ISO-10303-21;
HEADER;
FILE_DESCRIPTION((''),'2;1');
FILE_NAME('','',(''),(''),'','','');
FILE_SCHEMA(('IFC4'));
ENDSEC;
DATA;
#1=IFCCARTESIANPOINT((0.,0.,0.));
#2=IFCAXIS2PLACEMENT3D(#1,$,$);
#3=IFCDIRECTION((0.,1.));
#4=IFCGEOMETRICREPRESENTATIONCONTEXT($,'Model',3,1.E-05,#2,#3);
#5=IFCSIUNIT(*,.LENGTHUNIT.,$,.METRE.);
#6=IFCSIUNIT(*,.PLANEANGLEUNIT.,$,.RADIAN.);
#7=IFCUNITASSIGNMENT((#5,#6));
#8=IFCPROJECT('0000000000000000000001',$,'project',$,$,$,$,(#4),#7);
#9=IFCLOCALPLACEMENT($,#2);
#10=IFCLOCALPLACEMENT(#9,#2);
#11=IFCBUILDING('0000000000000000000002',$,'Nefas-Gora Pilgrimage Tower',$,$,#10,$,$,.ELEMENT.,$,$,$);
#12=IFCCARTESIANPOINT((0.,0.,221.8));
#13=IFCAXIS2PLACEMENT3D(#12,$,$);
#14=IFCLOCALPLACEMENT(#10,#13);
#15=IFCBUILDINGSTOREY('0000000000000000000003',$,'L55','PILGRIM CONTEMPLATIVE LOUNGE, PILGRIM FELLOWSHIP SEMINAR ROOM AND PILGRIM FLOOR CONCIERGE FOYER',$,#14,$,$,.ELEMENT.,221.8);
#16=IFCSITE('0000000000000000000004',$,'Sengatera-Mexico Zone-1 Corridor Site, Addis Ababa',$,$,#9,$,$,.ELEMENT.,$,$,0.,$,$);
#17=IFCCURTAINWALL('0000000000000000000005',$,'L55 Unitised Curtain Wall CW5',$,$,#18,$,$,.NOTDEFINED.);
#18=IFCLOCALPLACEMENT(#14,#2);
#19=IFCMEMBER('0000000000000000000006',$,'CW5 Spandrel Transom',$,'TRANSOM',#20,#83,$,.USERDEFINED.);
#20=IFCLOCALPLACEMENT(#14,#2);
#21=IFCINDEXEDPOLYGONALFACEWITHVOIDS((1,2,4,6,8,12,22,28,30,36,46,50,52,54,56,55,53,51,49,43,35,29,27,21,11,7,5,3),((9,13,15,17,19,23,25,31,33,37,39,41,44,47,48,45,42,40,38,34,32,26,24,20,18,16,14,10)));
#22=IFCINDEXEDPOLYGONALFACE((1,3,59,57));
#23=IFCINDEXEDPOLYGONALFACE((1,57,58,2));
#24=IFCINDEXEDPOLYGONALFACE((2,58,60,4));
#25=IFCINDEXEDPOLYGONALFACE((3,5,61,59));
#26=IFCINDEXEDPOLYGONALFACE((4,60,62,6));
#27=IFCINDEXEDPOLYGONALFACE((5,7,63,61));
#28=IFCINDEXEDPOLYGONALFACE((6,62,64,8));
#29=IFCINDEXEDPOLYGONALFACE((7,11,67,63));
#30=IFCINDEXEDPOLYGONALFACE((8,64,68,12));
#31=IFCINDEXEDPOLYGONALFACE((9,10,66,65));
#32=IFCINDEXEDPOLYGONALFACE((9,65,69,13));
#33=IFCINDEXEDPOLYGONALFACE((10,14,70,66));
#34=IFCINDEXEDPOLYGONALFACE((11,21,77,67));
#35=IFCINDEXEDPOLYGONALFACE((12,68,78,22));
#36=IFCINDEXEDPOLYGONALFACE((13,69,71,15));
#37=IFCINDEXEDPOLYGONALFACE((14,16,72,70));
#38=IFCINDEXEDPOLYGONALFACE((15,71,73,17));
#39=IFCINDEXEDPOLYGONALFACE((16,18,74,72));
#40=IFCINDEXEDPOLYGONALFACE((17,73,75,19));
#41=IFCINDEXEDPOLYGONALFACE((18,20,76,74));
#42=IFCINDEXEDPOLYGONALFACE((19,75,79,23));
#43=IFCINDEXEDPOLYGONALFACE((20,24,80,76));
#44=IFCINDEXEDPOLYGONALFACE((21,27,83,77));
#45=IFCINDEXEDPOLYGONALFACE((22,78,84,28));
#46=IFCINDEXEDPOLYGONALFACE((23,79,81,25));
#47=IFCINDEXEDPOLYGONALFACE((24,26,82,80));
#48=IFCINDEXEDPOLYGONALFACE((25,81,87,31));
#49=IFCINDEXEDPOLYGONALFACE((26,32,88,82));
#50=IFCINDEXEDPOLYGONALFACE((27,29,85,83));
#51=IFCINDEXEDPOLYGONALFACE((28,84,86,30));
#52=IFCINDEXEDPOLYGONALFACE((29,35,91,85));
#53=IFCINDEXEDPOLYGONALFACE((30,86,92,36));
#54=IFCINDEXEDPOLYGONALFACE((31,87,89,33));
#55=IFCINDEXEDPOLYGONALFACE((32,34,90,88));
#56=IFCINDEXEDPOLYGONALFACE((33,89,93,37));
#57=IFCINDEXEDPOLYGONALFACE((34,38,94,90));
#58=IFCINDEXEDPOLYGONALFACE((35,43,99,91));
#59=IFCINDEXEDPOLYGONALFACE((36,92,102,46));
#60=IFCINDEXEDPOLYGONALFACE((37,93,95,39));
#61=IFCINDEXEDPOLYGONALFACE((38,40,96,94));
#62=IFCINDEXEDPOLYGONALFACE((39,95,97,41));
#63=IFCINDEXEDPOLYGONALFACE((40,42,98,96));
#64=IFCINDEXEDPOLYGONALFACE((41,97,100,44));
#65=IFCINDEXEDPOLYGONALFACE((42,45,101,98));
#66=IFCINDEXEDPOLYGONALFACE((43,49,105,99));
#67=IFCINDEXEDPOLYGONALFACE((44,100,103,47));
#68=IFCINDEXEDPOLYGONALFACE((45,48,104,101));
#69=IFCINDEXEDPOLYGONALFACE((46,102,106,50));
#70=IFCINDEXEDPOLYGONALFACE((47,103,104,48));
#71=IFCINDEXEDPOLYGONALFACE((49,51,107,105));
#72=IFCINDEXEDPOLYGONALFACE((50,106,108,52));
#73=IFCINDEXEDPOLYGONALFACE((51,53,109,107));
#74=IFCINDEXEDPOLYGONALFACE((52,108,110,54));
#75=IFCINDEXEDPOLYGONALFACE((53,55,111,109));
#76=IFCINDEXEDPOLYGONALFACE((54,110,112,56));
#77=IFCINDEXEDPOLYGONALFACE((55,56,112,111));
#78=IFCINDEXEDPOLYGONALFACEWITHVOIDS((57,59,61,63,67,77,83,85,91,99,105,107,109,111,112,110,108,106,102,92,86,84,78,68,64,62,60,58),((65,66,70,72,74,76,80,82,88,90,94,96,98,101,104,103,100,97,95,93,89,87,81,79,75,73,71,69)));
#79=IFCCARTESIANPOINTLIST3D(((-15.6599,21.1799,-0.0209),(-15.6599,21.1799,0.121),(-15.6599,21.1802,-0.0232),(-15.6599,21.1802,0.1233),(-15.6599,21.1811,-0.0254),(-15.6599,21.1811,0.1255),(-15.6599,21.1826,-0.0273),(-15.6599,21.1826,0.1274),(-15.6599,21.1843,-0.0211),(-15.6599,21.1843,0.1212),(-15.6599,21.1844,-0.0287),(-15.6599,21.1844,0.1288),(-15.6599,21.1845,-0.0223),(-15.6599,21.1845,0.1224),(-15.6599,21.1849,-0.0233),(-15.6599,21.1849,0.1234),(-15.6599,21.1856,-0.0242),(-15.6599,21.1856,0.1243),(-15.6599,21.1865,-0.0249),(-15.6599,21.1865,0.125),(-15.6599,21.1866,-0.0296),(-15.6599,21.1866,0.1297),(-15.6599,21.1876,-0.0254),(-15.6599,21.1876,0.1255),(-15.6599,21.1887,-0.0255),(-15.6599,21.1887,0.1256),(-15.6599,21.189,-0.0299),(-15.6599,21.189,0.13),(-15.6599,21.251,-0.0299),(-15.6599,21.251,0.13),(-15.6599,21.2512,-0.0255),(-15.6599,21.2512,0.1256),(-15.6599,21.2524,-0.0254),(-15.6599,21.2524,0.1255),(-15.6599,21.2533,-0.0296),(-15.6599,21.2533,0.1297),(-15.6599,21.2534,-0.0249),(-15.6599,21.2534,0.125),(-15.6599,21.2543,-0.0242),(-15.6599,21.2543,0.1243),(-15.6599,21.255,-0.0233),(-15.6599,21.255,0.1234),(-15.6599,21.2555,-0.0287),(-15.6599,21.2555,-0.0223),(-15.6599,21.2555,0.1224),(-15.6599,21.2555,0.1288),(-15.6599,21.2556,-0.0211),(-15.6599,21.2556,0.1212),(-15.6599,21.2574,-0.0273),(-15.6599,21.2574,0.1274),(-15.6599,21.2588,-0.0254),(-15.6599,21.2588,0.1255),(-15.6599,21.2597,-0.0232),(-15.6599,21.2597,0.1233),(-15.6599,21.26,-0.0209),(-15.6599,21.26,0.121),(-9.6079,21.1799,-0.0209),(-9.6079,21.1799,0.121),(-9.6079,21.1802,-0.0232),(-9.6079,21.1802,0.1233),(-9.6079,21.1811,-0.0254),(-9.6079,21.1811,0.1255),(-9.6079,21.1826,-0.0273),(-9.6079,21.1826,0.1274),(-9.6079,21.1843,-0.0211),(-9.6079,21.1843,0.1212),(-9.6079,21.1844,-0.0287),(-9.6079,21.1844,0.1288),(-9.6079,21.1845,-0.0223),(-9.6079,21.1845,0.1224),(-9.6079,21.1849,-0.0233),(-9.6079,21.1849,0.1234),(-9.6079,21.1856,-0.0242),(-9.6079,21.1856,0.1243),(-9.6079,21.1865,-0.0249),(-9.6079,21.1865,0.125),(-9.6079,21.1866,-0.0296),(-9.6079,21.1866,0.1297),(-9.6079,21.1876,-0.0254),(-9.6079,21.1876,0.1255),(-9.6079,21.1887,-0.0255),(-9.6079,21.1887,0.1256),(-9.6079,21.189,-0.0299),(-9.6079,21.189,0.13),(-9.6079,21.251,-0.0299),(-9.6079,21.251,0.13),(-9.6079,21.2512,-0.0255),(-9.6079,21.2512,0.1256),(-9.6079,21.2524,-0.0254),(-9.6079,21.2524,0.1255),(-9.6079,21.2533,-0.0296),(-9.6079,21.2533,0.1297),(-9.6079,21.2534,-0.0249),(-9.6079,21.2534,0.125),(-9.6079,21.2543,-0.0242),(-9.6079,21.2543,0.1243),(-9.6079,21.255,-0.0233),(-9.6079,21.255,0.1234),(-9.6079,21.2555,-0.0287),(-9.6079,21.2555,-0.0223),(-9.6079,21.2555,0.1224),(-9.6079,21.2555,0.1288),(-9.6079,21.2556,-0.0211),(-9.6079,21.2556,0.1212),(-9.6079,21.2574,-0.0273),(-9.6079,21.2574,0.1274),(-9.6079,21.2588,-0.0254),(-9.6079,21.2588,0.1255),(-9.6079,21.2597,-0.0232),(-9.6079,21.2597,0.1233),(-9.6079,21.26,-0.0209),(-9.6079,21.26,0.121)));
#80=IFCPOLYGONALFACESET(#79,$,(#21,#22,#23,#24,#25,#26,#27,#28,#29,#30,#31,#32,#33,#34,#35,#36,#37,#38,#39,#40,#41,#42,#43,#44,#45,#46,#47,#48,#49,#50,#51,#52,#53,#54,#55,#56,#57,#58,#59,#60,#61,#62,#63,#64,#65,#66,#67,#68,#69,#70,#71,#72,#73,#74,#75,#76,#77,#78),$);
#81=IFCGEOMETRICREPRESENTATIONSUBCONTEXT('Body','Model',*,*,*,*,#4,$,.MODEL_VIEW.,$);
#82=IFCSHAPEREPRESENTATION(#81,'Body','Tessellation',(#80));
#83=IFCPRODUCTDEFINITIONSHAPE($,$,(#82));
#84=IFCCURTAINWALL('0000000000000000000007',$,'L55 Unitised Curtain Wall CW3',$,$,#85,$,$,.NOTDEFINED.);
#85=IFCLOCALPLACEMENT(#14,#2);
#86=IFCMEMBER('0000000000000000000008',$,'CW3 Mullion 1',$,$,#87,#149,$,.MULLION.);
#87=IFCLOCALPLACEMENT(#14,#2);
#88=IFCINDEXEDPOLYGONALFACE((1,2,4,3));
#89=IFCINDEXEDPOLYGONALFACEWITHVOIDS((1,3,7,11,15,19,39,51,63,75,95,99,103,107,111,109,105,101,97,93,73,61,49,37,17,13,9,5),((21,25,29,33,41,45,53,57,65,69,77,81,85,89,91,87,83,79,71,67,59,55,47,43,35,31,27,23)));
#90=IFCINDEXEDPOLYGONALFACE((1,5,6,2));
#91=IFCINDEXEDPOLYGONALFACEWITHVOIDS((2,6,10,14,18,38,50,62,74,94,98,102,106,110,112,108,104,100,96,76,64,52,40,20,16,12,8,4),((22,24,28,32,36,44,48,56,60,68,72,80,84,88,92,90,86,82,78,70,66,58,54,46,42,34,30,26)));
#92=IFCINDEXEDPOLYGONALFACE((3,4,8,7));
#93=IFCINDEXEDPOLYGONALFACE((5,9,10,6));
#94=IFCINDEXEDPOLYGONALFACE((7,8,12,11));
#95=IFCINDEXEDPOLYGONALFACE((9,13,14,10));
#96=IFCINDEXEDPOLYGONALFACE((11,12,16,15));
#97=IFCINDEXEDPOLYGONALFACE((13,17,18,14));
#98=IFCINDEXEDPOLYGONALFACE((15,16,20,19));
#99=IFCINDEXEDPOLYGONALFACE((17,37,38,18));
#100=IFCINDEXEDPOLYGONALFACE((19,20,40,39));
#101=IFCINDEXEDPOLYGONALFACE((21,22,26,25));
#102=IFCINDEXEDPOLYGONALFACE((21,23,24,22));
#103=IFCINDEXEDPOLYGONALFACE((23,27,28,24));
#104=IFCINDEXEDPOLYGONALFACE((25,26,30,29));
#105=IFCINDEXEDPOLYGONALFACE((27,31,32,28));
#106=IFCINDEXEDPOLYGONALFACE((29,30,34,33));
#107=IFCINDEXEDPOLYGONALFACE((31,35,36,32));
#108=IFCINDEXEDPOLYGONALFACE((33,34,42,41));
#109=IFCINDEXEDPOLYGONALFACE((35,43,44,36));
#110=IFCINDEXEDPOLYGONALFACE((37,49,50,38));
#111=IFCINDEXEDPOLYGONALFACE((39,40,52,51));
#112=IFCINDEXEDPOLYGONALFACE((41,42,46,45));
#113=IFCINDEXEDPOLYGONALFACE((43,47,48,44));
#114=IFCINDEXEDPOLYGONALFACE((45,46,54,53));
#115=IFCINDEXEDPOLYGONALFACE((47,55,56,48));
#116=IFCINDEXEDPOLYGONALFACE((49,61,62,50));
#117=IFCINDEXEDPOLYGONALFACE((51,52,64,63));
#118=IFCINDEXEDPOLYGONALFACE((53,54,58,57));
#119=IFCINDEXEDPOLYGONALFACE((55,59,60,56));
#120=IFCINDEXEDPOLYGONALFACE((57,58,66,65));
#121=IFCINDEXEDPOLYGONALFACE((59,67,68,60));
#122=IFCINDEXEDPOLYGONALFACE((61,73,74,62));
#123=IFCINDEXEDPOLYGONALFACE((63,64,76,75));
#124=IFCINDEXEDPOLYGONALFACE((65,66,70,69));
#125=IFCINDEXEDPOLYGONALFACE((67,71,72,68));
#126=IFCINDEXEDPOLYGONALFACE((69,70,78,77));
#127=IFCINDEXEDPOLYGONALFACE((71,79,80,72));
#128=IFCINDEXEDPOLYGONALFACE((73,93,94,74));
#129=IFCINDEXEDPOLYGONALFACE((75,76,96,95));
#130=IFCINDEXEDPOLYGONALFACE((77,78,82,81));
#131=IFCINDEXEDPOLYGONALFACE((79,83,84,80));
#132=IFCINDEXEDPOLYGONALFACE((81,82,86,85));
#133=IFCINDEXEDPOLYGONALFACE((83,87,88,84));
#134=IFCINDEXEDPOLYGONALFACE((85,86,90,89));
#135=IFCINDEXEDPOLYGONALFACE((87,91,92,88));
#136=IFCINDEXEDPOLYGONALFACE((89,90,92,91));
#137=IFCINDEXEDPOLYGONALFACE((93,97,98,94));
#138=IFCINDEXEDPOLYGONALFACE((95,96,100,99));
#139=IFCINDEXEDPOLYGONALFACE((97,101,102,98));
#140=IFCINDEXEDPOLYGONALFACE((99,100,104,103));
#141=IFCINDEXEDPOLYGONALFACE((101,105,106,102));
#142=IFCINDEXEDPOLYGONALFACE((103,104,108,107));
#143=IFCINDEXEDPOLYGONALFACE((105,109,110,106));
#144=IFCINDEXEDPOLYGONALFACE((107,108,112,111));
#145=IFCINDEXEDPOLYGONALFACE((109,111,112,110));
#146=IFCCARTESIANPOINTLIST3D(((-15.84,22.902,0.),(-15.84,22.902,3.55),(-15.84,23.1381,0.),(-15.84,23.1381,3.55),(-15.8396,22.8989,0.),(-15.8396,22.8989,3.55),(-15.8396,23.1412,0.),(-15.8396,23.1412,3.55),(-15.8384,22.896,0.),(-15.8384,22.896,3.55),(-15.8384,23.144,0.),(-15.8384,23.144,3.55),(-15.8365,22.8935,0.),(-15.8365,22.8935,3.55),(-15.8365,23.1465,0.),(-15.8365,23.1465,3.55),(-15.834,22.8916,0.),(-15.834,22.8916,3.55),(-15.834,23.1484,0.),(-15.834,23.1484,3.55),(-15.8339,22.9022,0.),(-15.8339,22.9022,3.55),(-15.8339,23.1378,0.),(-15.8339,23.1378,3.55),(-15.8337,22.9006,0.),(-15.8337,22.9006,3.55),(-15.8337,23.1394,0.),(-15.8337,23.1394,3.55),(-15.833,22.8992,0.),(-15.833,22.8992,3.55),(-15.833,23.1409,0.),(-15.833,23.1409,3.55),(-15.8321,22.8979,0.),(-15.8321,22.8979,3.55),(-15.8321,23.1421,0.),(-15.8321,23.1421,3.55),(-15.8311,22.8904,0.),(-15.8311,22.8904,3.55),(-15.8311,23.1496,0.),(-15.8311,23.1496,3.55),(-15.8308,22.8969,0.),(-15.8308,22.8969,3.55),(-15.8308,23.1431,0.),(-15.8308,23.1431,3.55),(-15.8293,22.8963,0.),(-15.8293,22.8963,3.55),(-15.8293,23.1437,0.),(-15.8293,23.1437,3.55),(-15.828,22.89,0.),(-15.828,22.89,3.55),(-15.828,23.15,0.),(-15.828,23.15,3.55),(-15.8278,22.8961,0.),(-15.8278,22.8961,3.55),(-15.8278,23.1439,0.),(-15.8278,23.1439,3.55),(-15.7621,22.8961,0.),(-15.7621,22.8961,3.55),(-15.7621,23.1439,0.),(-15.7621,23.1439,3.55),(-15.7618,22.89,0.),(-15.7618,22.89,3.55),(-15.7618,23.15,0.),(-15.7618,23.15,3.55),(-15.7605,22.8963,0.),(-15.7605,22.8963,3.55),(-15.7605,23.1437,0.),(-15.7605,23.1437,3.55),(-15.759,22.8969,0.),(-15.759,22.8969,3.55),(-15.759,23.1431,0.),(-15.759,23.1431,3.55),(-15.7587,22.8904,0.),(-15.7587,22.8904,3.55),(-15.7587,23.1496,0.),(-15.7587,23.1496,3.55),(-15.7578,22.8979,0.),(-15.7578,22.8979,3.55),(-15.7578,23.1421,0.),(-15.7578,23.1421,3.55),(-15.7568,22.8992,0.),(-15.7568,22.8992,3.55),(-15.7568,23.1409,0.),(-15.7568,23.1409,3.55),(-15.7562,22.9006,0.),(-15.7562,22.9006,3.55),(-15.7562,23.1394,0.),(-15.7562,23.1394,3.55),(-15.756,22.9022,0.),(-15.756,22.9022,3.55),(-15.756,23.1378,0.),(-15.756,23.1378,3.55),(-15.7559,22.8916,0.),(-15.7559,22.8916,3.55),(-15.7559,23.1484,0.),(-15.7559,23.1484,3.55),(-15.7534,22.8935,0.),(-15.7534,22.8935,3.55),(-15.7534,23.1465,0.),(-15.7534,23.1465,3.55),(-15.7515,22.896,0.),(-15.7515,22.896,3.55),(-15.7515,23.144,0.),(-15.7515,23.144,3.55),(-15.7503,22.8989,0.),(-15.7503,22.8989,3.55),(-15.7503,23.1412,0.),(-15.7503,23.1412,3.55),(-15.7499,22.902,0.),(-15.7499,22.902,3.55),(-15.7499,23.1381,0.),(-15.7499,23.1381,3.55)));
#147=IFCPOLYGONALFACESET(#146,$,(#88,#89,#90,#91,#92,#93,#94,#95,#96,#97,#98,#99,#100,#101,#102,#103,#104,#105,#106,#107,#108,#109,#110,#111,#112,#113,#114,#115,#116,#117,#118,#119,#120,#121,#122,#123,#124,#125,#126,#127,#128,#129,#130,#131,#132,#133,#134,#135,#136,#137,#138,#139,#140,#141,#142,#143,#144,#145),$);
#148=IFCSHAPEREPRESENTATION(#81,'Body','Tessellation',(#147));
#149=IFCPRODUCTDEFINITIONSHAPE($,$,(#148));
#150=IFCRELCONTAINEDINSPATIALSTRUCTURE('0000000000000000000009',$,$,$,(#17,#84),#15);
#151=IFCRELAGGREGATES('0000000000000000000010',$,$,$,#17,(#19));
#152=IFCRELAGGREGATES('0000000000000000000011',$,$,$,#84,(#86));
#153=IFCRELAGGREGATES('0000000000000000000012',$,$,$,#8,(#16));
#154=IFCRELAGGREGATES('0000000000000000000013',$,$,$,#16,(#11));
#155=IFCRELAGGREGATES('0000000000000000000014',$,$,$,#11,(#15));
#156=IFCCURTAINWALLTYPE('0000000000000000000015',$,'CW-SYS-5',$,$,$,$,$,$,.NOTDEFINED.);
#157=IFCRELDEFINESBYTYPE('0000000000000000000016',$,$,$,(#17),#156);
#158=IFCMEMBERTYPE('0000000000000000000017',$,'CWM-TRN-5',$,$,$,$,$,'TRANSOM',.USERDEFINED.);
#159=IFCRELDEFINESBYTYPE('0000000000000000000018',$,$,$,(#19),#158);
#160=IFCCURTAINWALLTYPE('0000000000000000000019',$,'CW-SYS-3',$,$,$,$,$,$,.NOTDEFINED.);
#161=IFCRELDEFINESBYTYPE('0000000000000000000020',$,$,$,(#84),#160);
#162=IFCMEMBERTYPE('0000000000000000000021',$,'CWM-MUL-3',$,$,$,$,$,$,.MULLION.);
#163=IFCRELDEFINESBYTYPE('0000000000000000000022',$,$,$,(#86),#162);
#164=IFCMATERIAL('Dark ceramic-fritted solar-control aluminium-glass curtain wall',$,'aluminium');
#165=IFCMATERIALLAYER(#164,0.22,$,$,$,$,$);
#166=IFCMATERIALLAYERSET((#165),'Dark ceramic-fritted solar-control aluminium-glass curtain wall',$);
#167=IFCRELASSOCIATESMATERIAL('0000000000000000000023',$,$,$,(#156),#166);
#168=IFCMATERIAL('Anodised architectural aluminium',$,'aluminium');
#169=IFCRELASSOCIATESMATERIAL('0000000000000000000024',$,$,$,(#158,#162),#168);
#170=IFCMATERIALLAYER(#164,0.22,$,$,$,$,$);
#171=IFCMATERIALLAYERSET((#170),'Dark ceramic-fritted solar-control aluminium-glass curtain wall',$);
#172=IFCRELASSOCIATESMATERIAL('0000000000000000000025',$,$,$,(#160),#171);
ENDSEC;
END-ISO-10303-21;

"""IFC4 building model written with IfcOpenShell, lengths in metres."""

from ifc_helpers import new_model, si_unit, direction, frame, origin, origin_2d, place, context, subcontext, project, spatial, hollow_rectangle, extrude, source, transform, mapped, material, layer, layer_set, material_profile, profile_set, type_object, element, aggregate, save


model = new_model("IFC4")

# Units and contexts
model_context = context("Model", 3, precision=1e-05, world=origin(), true_north=direction((0.0, 1.0)))
body_context = subcontext(model_context, "Body", "Model", "MODEL_VIEW")
ifc_project = project(units=[si_unit("LENGTHUNIT", "METRE"), si_unit("PLANEANGLEUNIT", "RADIAN")], contexts=[model_context])

# Site, building, storey
site_placement = place(None, origin())
site = spatial("IfcSite", under=ifc_project, at=site_placement, Name="Sengatera-Mexico Zone-1 Corridor Site, Addis Ababa", CompositionType="ELEMENT", RefElevation=0.0)
building_placement = place(site_placement, origin())
building = spatial("IfcBuilding", under=site, at=building_placement, Name="Nefas-Gora Pilgrimage Tower", CompositionType="ELEMENT")
storey_placement = place(building_placement, frame((0.0, 0.0, 221.8)))
storey = spatial("IfcBuildingStorey", under=building, at=storey_placement, Name="L55", Description="PILGRIM CONTEMPLATIVE LOUNGE, PILGRIM FELLOWSHIP SEMINAR ROOM AND PILGRIM FLOOR CONCIERGE FOYER", CompositionType="ELEMENT", Elevation=221.8)

# Curtain walls, members
ifc_material_1 = material(Name="Dark ceramic-fritted solar-control aluminium-glass curtain wall", Category="aluminium")
ifc_layer_1 = layer(ifc_material_1, 0.22)
ifc_layer_set_1 = layer_set([ifc_layer_1], Name="Dark ceramic-fritted solar-control aluminium-glass curtain wall")
curtain_wall_type_1 = type_object("IfcCurtainWallType", Name="CW-SYS-5", PredefinedType="NOTDEFINED", material=ifc_layer_set_1)
curtain_wall_1_placement = place(storey_placement, origin())
curtain_wall_1 = element("IfcCurtainWall", 1, at=curtain_wall_1_placement, inside=storey, type_object=curtain_wall_type_1, Name="L55 Unitised Curtain Wall CW5", PredefinedType="NOTDEFINED")
ifc_material_2 = material(Name="Anodised architectural aluminium", Category="aluminium")
ifc_material_profile_1 = material_profile(ifc_material_2, hollow_rectangle(XDim=0.0801, YDim=0.1599, WallThickness=0.0044, InnerFilletRadius=0.0044, OuterFilletRadius=0.009, at=origin_2d()), Name="ALU TRANSOM 80x160")
ifc_profile_set_1 = profile_set([ifc_material_profile_1], Name="Anodised architectural aluminium")
member_type_1 = type_object("IfcMemberType", Name="CWM-TRN-5", ElementType="TRANSOM", PredefinedType="USERDEFINED", material=ifc_profile_set_1)
shared_shape_1 = source(origin(), body_context, "Body", "SweptSolid", [
    extrude(hollow_rectangle(XDim=0.0801, YDim=0.1599, WallThickness=0.0044, InnerFilletRadius=0.0044, OuterFilletRadius=0.009, at=origin_2d()), origin(), (0.0, 0.0, 1.0), 6.052),
])
member_1_placement = place(storey_placement, frame((-9.6079, 21.22, 0.05), z_axis=(-1.0, 0.0, 0.0), x_axis=(0.0, -1.0, 0.0)))
member_1 = element("IfcMember", 2, at=member_1_placement, type_object=member_type_1, Name="CW5 Spandrel Transom", ObjectType="TRANSOM", PredefinedType="USERDEFINED", context=body_context, shape_type="MappedRepresentation", body=[
    mapped(shared_shape_1, transform((0.0, 0.0, 0.0), x_axis=(1.0, 0.0, 0.0), y_axis=(0.0, 1.0, 0.0), z_axis=(0.0, 0.0, 1.0), scale=1.0)),
])
ifc_layer_2 = layer(ifc_material_1, 0.22)
ifc_layer_set_2 = layer_set([ifc_layer_2], Name="Dark ceramic-fritted solar-control aluminium-glass curtain wall")
curtain_wall_type_2 = type_object("IfcCurtainWallType", Name="CW-SYS-3", PredefinedType="NOTDEFINED", material=ifc_layer_set_2)
curtain_wall_2_placement = place(storey_placement, origin())
curtain_wall_2 = element("IfcCurtainWall", 3, at=curtain_wall_2_placement, inside=storey, type_object=curtain_wall_type_2, Name="L55 Unitised Curtain Wall CW3", PredefinedType="NOTDEFINED")
ifc_material_profile_2 = material_profile(ifc_material_2, hollow_rectangle(XDim=0.0901, YDim=0.26, WallThickness=0.0061, InnerFilletRadius=0.0061, OuterFilletRadius=0.012, at=origin_2d()), Name="ALU MULLION 90x260")
ifc_profile_set_2 = profile_set([ifc_material_profile_2], Name="Anodised architectural aluminium")
member_type_2 = type_object("IfcMemberType", Name="CWM-MUL-3", PredefinedType="MULLION", material=ifc_profile_set_2)
shared_shape_2 = source(origin(), body_context, "Body", "SweptSolid", [
    extrude(hollow_rectangle(XDim=0.0901, YDim=0.26, WallThickness=0.0061, InnerFilletRadius=0.0061, OuterFilletRadius=0.012, at=origin_2d()), origin(), (0.0, 0.0, 1.0), 3.55),
])
member_2_placement = place(storey_placement, frame((-15.7949, 23.02, 0.0), z_axis=(0.0, 0.0, 1.0), x_axis=(-1.0, 0.0, 0.0)))
member_2 = element("IfcMember", 4, at=member_2_placement, type_object=member_type_2, Name="CW3 Mullion 1", PredefinedType="MULLION", context=body_context, shape_type="MappedRepresentation", body=[
    mapped(shared_shape_2, transform((0.0, 0.0, 0.0), x_axis=(1.0, 0.0, 0.0), y_axis=(0.0, 1.0, 0.0), z_axis=(0.0, 0.0, 1.0), scale=1.0)),
])

aggregate(curtain_wall_1, [member_1])
aggregate(curtain_wall_2, [member_2])

save(model, "model.ifc")
